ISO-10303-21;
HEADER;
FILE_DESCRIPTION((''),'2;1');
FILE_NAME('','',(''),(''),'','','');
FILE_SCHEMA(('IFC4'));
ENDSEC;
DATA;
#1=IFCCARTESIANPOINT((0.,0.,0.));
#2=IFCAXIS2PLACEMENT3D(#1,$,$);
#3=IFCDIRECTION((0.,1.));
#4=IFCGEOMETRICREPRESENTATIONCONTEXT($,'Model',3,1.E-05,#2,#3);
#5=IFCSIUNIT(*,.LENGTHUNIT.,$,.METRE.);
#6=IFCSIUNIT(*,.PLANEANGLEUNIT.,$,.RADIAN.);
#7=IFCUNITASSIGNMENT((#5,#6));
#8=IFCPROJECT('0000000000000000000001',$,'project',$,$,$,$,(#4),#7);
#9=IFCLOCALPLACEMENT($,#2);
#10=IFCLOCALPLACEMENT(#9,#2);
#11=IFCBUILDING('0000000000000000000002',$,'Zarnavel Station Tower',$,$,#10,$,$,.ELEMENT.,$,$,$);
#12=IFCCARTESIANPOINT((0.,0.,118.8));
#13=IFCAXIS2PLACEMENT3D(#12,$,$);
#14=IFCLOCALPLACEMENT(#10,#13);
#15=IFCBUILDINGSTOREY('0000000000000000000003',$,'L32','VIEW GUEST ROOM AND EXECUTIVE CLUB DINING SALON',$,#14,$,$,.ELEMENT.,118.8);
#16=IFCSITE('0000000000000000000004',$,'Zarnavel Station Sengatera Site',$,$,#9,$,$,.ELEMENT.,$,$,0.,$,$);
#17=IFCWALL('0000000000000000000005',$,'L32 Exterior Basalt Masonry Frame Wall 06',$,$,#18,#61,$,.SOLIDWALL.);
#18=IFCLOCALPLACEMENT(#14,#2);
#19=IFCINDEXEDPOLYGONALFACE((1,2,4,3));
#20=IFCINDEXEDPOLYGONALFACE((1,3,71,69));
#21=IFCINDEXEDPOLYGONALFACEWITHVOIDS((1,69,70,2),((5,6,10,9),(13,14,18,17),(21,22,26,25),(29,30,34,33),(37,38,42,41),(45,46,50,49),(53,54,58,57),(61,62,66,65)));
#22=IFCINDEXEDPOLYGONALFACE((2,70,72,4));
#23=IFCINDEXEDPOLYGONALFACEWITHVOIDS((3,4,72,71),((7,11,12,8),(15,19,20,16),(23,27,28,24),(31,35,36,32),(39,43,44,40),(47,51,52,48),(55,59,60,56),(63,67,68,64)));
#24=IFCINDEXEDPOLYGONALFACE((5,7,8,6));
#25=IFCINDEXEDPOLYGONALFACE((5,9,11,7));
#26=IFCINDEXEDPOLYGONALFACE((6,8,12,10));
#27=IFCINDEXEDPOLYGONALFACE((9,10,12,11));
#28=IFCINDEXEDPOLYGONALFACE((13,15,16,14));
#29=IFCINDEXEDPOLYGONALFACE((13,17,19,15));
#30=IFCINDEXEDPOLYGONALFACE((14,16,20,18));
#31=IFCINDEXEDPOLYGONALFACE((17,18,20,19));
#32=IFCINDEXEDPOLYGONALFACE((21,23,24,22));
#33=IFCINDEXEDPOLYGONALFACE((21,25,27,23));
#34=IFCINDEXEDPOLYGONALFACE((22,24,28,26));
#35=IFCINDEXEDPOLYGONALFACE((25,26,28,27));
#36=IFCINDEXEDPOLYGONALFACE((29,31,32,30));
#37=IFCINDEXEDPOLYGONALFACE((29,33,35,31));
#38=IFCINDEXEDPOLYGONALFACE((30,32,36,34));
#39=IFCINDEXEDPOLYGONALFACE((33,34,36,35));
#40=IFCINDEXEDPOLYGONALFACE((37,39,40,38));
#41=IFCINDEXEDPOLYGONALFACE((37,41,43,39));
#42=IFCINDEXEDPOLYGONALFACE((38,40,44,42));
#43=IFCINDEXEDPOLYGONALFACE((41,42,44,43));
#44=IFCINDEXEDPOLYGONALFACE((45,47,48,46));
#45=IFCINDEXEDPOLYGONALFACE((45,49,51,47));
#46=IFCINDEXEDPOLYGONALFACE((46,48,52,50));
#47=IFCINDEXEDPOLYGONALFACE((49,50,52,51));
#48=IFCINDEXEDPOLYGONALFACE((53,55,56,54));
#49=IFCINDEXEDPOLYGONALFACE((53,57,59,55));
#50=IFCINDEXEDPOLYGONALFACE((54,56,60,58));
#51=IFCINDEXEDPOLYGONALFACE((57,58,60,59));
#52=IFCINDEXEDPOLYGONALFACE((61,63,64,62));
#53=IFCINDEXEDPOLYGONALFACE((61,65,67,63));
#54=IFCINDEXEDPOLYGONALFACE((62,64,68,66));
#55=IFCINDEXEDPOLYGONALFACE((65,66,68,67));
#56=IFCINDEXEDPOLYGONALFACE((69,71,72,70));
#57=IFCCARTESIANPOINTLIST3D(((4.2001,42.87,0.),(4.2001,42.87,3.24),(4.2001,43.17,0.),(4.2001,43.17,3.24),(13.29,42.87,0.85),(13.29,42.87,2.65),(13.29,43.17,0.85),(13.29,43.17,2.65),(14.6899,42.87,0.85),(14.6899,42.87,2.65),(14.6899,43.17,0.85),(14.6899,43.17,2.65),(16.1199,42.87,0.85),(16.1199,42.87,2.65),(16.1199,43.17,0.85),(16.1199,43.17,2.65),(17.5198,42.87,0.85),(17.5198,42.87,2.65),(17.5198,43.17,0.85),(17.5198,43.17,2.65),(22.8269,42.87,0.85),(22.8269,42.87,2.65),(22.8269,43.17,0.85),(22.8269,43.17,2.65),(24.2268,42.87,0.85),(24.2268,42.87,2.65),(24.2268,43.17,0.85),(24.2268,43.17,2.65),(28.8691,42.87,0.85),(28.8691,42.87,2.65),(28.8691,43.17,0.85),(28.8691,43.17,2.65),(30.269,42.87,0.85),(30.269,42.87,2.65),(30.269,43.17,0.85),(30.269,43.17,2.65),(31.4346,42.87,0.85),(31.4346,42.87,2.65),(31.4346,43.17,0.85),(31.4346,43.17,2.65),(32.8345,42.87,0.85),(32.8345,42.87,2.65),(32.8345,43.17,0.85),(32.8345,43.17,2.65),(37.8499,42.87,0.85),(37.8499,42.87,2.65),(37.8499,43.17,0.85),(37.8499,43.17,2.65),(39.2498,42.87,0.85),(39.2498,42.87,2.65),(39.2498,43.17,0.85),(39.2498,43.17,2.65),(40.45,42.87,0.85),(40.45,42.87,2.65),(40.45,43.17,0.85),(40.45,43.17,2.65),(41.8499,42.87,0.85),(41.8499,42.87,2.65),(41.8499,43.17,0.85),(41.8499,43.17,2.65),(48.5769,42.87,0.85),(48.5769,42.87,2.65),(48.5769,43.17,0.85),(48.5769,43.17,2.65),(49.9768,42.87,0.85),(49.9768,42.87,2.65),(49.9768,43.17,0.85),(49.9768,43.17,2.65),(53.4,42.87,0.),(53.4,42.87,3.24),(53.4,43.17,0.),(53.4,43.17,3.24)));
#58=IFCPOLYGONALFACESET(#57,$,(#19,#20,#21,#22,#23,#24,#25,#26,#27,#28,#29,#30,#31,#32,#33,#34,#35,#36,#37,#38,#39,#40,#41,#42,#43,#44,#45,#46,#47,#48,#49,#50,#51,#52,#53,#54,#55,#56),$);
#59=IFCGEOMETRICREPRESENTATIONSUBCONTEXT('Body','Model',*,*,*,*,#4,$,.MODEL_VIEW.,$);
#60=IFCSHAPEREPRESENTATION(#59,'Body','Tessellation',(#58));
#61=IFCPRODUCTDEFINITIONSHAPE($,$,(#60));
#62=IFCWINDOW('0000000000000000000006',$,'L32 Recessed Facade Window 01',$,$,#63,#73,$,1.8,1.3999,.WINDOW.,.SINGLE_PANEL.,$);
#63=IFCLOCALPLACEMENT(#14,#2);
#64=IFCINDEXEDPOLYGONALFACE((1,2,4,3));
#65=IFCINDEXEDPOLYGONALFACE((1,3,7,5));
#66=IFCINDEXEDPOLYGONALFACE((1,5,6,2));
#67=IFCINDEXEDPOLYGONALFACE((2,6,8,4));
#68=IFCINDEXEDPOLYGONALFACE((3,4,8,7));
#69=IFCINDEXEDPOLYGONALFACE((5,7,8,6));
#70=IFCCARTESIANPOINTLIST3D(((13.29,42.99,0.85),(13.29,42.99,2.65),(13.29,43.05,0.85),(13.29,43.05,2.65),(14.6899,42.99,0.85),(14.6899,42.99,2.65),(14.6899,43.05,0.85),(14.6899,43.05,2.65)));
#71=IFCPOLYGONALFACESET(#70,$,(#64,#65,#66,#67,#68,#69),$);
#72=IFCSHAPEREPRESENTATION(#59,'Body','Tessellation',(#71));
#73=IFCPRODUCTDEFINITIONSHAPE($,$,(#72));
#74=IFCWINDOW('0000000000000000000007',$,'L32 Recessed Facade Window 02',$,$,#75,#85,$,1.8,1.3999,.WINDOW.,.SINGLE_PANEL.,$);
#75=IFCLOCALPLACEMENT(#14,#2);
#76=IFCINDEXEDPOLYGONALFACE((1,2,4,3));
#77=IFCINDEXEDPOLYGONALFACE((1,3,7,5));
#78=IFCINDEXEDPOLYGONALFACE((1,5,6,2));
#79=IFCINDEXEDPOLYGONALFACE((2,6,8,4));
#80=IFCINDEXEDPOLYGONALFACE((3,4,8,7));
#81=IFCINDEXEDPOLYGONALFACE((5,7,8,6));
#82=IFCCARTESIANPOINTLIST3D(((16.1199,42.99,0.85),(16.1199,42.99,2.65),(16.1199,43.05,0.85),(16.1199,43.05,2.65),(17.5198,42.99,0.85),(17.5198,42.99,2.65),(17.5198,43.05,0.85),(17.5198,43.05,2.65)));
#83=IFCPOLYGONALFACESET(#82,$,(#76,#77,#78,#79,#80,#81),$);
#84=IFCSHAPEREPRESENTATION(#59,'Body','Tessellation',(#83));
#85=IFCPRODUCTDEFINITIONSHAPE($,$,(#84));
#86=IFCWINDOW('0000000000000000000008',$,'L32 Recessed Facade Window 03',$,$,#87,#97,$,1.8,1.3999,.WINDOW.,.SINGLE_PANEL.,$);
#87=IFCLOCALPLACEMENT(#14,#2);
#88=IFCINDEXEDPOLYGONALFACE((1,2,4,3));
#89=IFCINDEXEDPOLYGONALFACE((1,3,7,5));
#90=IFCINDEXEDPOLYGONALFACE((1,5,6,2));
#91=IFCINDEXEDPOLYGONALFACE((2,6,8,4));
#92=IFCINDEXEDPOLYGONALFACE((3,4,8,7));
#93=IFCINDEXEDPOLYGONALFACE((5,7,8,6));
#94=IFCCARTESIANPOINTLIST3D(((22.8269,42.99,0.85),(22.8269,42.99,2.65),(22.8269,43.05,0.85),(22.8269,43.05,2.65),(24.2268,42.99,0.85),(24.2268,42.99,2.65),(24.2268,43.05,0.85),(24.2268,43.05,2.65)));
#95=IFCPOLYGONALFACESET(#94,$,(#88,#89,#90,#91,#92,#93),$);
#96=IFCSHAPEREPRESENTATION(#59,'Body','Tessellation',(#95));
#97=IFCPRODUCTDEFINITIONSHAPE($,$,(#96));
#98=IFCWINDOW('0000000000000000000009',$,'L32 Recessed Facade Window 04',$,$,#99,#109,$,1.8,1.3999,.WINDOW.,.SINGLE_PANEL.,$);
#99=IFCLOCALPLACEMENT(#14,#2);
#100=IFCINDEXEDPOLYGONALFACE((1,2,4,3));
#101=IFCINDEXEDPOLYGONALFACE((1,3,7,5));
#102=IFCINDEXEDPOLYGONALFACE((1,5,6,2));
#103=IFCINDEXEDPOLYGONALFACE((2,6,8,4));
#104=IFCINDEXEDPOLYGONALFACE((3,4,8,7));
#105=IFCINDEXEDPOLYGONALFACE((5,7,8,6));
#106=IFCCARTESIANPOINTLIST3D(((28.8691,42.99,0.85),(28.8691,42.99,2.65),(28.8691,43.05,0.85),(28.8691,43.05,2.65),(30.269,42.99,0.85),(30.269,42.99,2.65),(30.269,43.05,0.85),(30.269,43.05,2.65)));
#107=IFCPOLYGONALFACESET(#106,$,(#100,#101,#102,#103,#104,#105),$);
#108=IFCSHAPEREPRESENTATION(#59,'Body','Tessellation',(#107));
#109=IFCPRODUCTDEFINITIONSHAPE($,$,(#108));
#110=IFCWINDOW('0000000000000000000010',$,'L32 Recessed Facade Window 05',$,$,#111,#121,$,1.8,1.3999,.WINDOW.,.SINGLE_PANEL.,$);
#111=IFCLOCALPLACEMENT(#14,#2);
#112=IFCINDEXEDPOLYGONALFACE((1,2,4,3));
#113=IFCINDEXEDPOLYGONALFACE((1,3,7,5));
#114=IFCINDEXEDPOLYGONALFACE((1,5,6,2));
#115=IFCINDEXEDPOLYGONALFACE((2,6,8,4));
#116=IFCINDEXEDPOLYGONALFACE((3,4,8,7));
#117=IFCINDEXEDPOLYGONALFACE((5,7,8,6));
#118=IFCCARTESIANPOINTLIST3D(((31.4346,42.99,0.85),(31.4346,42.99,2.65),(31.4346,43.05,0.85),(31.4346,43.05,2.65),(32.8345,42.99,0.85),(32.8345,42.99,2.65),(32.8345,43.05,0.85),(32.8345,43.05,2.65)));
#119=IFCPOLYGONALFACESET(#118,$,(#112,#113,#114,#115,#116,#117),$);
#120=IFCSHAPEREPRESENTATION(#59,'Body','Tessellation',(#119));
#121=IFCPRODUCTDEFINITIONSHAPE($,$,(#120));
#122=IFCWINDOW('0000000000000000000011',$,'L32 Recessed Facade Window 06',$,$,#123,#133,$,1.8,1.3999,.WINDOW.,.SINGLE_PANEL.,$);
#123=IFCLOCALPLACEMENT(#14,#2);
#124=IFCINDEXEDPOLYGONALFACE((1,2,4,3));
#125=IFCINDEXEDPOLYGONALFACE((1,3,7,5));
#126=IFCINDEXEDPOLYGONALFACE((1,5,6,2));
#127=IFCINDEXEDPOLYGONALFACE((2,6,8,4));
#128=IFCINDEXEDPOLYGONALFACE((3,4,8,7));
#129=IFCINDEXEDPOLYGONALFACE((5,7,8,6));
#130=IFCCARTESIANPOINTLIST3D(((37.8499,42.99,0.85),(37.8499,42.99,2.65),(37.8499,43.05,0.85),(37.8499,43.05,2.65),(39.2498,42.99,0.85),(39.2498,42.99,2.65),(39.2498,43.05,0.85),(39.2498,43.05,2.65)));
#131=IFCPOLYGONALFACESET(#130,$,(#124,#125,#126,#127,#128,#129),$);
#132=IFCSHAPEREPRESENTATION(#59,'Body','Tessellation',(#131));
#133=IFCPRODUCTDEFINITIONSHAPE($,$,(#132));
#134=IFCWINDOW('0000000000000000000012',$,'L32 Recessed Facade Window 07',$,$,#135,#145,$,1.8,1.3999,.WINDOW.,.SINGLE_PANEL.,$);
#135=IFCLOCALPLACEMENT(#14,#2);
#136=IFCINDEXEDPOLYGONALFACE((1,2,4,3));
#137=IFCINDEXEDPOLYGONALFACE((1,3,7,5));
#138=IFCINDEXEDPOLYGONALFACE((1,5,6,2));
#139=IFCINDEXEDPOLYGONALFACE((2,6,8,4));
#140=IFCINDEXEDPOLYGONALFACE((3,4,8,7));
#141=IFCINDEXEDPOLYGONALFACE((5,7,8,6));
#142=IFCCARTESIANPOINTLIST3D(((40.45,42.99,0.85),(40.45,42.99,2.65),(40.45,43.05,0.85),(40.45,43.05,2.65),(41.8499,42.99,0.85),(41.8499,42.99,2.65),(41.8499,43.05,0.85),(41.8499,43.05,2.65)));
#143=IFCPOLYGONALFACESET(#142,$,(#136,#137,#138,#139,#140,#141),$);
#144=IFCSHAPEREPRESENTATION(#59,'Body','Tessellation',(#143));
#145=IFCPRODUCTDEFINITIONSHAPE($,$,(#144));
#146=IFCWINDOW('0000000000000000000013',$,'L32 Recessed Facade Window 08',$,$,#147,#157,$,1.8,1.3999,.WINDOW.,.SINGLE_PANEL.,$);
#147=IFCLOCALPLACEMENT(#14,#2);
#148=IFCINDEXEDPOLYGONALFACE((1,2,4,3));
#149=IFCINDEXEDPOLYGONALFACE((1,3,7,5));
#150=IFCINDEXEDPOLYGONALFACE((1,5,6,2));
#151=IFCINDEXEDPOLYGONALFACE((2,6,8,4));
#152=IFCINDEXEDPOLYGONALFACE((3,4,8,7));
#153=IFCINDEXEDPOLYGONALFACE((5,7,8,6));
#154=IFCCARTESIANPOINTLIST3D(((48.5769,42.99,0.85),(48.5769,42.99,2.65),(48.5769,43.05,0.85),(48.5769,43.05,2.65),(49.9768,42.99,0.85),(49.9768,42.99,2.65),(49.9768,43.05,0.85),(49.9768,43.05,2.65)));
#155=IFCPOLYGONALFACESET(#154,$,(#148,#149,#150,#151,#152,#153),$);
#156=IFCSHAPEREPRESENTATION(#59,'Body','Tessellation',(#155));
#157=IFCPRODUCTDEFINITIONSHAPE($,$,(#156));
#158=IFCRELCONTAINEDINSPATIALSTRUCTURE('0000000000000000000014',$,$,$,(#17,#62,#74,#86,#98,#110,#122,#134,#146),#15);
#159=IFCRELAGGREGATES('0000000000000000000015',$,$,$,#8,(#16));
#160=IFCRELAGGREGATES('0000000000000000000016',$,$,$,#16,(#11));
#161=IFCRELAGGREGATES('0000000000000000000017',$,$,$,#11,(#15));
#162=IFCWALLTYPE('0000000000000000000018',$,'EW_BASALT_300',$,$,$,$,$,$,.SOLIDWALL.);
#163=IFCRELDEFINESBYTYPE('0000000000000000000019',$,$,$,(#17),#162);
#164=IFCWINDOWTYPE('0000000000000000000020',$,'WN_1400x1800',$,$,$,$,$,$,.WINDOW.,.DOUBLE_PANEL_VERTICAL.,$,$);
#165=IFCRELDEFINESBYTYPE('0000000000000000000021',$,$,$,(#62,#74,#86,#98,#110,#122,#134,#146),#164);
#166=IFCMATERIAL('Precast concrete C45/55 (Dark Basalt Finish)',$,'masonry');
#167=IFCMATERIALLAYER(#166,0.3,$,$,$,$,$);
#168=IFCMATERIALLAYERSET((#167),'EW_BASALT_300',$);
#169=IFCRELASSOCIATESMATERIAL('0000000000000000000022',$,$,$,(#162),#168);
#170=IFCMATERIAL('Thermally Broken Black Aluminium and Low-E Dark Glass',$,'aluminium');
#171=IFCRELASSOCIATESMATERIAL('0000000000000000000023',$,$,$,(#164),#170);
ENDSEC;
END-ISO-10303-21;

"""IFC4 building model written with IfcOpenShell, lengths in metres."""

from ifc_helpers import new_model, si_unit, direction, frame, frame_2d, origin, place, context, subcontext, project, spatial, rectangle, extrude, material, layer, layer_set, type_object, element, fill, save


model = new_model("IFC4")

# Units and contexts
model_context = context("Model", 3, precision=1e-05, world=origin(), true_north=direction((0.0, 1.0)))
body_context = subcontext(model_context, "Body", "Model", "MODEL_VIEW")
ifc_project = project(units=[si_unit("LENGTHUNIT", "METRE"), si_unit("PLANEANGLEUNIT", "RADIAN")], contexts=[model_context])

# Site, building, storey
site_placement = place(None, origin())
site = spatial("IfcSite", under=ifc_project, at=site_placement, Name="Zarnavel Station Sengatera Site", CompositionType="ELEMENT", RefElevation=0.0)
building_placement = place(site_placement, origin())
building = spatial("IfcBuilding", under=site, at=building_placement, Name="Zarnavel Station Tower", CompositionType="ELEMENT")
storey_placement = place(building_placement, frame((0.0, 0.0, 118.8)))
storey = spatial("IfcBuildingStorey", under=building, at=storey_placement, Name="L32", Description="VIEW GUEST ROOM AND EXECUTIVE CLUB DINING SALON", CompositionType="ELEMENT", Elevation=118.8)

# Wall, openings, windows
ifc_material_1 = material(Name="Precast concrete C45/55 (Dark Basalt Finish)", Category="masonry")
ifc_layer_1 = layer(ifc_material_1, 0.3)
ifc_layer_set_1 = layer_set([ifc_layer_1], Name="EW_BASALT_300")
wall_type_1 = type_object("IfcWallType", Name="EW_BASALT_300", PredefinedType="SOLIDWALL", material=ifc_layer_set_1)
wall_1_placement = place(storey_placement, frame((4.2, 43.02, 0.0), z_axis=(0.0, 0.0, 1.0), x_axis=(1.0, 0.0, 0.0)))
wall_1 = element("IfcWall", 1, at=wall_1_placement, inside=storey, type_object=wall_type_1, Name="L32 Exterior Basalt Masonry Frame Wall 06", PredefinedType="SOLIDWALL", context=body_context, shape_type="SweptSolid", body=[
    extrude(rectangle(XDim=49.2, YDim=0.3, at=frame_2d((24.6001, 0.0))), origin(), (0.0, 0.0, 1.0), 3.24),
])
opening_1_placement = place(wall_1_placement, frame((9.0901, 0.0, 0.8501)))
opening_1 = element("IfcOpeningElement", 2, at=opening_1_placement, cuts=wall_1, PredefinedType="OPENING", context=body_context, shape_type="SweptSolid", body=[
    extrude(rectangle(XDim=1.3999, YDim=1.8, at=frame_2d((0.7, 0.8999))), frame((0.0, 0.1599, 0.0), z_axis=(0.0, -1.0, 0.0), x_axis=(1.0, 0.0, 0.0)), (0.0, 0.0, 1.0), 0.3201),
])
opening_2_placement = place(wall_1_placement, frame((11.9199, 0.0, 0.8501)))
opening_2 = element("IfcOpeningElement", 3, at=opening_2_placement, cuts=wall_1, PredefinedType="OPENING", context=body_context, shape_type="SweptSolid", body=[
    extrude(rectangle(XDim=1.3999, YDim=1.8, at=frame_2d((0.7, 0.8999))), frame((0.0, 0.1599, 0.0), z_axis=(0.0, -1.0, 0.0), x_axis=(1.0, 0.0, 0.0)), (0.0, 0.0, 1.0), 0.3201),
])
opening_3_placement = place(wall_1_placement, frame((18.627, 0.0, 0.8501)))
opening_3 = element("IfcOpeningElement", 4, at=opening_3_placement, cuts=wall_1, PredefinedType="OPENING", context=body_context, shape_type="SweptSolid", body=[
    extrude(rectangle(XDim=1.3999, YDim=1.8, at=frame_2d((0.7, 0.8999))), frame((0.0, 0.1599, 0.0), z_axis=(0.0, -1.0, 0.0), x_axis=(1.0, 0.0, 0.0)), (0.0, 0.0, 1.0), 0.3201),
])
opening_4_placement = place(wall_1_placement, frame((24.6692, 0.0, 0.8501)))
opening_4 = element("IfcOpeningElement", 5, at=opening_4_placement, cuts=wall_1, PredefinedType="OPENING", context=body_context, shape_type="SweptSolid", body=[
    extrude(rectangle(XDim=1.3999, YDim=1.8, at=frame_2d((0.7, 0.8999))), frame((0.0, 0.1599, 0.0), z_axis=(0.0, -1.0, 0.0), x_axis=(1.0, 0.0, 0.0)), (0.0, 0.0, 1.0), 0.3201),
])
opening_5_placement = place(wall_1_placement, frame((27.2346, 0.0, 0.8501)))
opening_5 = element("IfcOpeningElement", 6, at=opening_5_placement, cuts=wall_1, PredefinedType="OPENING", context=body_context, shape_type="SweptSolid", body=[
    extrude(rectangle(XDim=1.3999, YDim=1.8, at=frame_2d((0.7, 0.8999))), frame((0.0, 0.1599, 0.0), z_axis=(0.0, -1.0, 0.0), x_axis=(1.0, 0.0, 0.0)), (0.0, 0.0, 1.0), 0.3201),
])
opening_6_placement = place(wall_1_placement, frame((33.6499, 0.0, 0.8501)))
opening_6 = element("IfcOpeningElement", 7, at=opening_6_placement, cuts=wall_1, PredefinedType="OPENING", context=body_context, shape_type="SweptSolid", body=[
    extrude(rectangle(XDim=1.3999, YDim=1.8, at=frame_2d((0.7, 0.8999))), frame((0.0, 0.1599, 0.0), z_axis=(0.0, -1.0, 0.0), x_axis=(1.0, 0.0, 0.0)), (0.0, 0.0, 1.0), 0.3201),
])
opening_7_placement = place(wall_1_placement, frame((36.25, 0.0, 0.8501)))
opening_7 = element("IfcOpeningElement", 8, at=opening_7_placement, cuts=wall_1, PredefinedType="OPENING", context=body_context, shape_type="SweptSolid", body=[
    extrude(rectangle(XDim=1.3999, YDim=1.8, at=frame_2d((0.7, 0.8999))), frame((0.0, 0.1599, 0.0), z_axis=(0.0, -1.0, 0.0), x_axis=(1.0, 0.0, 0.0)), (0.0, 0.0, 1.0), 0.3201),
])
opening_8_placement = place(wall_1_placement, frame((44.377, 0.0, 0.8501)))
opening_8 = element("IfcOpeningElement", 9, at=opening_8_placement, cuts=wall_1, PredefinedType="OPENING", context=body_context, shape_type="SweptSolid", body=[
    extrude(rectangle(XDim=1.3999, YDim=1.8, at=frame_2d((0.7, 0.8999))), frame((0.0, 0.1599, 0.0), z_axis=(0.0, -1.0, 0.0), x_axis=(1.0, 0.0, 0.0)), (0.0, 0.0, 1.0), 0.3201),
])
ifc_material_2 = material(Name="Thermally Broken Black Aluminium and Low-E Dark Glass", Category="aluminium")
window_type = type_object("IfcWindowType", Name="WN_1400x1800", PartitioningType="DOUBLE_PANEL_VERTICAL", PredefinedType="WINDOW", material=ifc_material_2)
window_1_placement = place(opening_1_placement, origin())
window_1 = element("IfcWindow", 10, at=window_1_placement, inside=storey, type_object=window_type, Name="L32 Recessed Facade Window 01", OverallHeight=1.8, OverallWidth=1.3999, PartitioningType="SINGLE_PANEL", PredefinedType="WINDOW", context=body_context, shape_type="SweptSolid", body=[
    extrude(rectangle(XDim=1.3999, YDim=1.8, at=frame_2d((0.7, 0.8999))), frame((0.0, 0.03, 0.0), z_axis=(0.0, -1.0, 0.0), x_axis=(1.0, 0.0, 0.0)), (0.0, 0.0, 1.0), 0.0601),
])
fill(opening_1, window_1)
window_2_placement = place(opening_2_placement, origin())
window_2 = element("IfcWindow", 11, at=window_2_placement, inside=storey, type_object=window_type, Name="L32 Recessed Facade Window 02", OverallHeight=1.8, OverallWidth=1.3999, PartitioningType="SINGLE_PANEL", PredefinedType="WINDOW", context=body_context, shape_type="SweptSolid", body=[
    extrude(rectangle(XDim=1.3999, YDim=1.8, at=frame_2d((0.7, 0.8999))), frame((0.0, 0.03, 0.0), z_axis=(0.0, -1.0, 0.0), x_axis=(1.0, 0.0, 0.0)), (0.0, 0.0, 1.0), 0.0601),
])
fill(opening_2, window_2)
window_3_placement = place(opening_3_placement, origin())
window_3 = element("IfcWindow", 12, at=window_3_placement, inside=storey, type_object=window_type, Name="L32 Recessed Facade Window 03", OverallHeight=1.8, OverallWidth=1.3999, PartitioningType="SINGLE_PANEL", PredefinedType="WINDOW", context=body_context, shape_type="SweptSolid", body=[
    extrude(rectangle(XDim=1.3999, YDim=1.8, at=frame_2d((0.7, 0.8999))), frame((0.0, 0.03, 0.0), z_axis=(0.0, -1.0, 0.0), x_axis=(1.0, 0.0, 0.0)), (0.0, 0.0, 1.0), 0.0601),
])
fill(opening_3, window_3)
window_4_placement = place(opening_4_placement, origin())
window_4 = element("IfcWindow", 13, at=window_4_placement, inside=storey, type_object=window_type, Name="L32 Recessed Facade Window 04", OverallHeight=1.8, OverallWidth=1.3999, PartitioningType="SINGLE_PANEL", PredefinedType="WINDOW", context=body_context, shape_type="SweptSolid", body=[
    extrude(rectangle(XDim=1.3999, YDim=1.8, at=frame_2d((0.7, 0.8999))), frame((0.0, 0.03, 0.0), z_axis=(0.0, -1.0, 0.0), x_axis=(1.0, 0.0, 0.0)), (0.0, 0.0, 1.0), 0.0601),
])
fill(opening_4, window_4)
window_5_placement = place(opening_5_placement, origin())
window_5 = element("IfcWindow", 14, at=window_5_placement, inside=storey, type_object=window_type, Name="L32 Recessed Facade Window 05", OverallHeight=1.8, OverallWidth=1.3999, PartitioningType="SINGLE_PANEL", PredefinedType="WINDOW", context=body_context, shape_type="SweptSolid", body=[
    extrude(rectangle(XDim=1.3999, YDim=1.8, at=frame_2d((0.7, 0.8999))), frame((0.0, 0.03, 0.0), z_axis=(0.0, -1.0, 0.0), x_axis=(1.0, 0.0, 0.0)), (0.0, 0.0, 1.0), 0.0601),
])
fill(opening_5, window_5)
window_6_placement = place(opening_6_placement, origin())
window_6 = element("IfcWindow", 15, at=window_6_placement, inside=storey, type_object=window_type, Name="L32 Recessed Facade Window 06", OverallHeight=1.8, OverallWidth=1.3999, PartitioningType="SINGLE_PANEL", PredefinedType="WINDOW", context=body_context, shape_type="SweptSolid", body=[
    extrude(rectangle(XDim=1.3999, YDim=1.8, at=frame_2d((0.7, 0.8999))), frame((0.0, 0.03, 0.0), z_axis=(0.0, -1.0, 0.0), x_axis=(1.0, 0.0, 0.0)), (0.0, 0.0, 1.0), 0.0601),
])
fill(opening_6, window_6)
window_7_placement = place(opening_7_placement, origin())
window_7 = element("IfcWindow", 16, at=window_7_placement, inside=storey, type_object=window_type, Name="L32 Recessed Facade Window 07", OverallHeight=1.8, OverallWidth=1.3999, PartitioningType="SINGLE_PANEL", PredefinedType="WINDOW", context=body_context, shape_type="SweptSolid", body=[
    extrude(rectangle(XDim=1.3999, YDim=1.8, at=frame_2d((0.7, 0.8999))), frame((0.0, 0.03, 0.0), z_axis=(0.0, -1.0, 0.0), x_axis=(1.0, 0.0, 0.0)), (0.0, 0.0, 1.0), 0.0601),
])
fill(opening_7, window_7)
window_8_placement = place(opening_8_placement, origin())
window_8 = element("IfcWindow", 17, at=window_8_placement, inside=storey, type_object=window_type, Name="L32 Recessed Facade Window 08", OverallHeight=1.8, OverallWidth=1.3999, PartitioningType="SINGLE_PANEL", PredefinedType="WINDOW", context=body_context, shape_type="SweptSolid", body=[
    extrude(rectangle(XDim=1.3999, YDim=1.8, at=frame_2d((0.7, 0.8999))), frame((0.0, 0.03, 0.0), z_axis=(0.0, -1.0, 0.0), x_axis=(1.0, 0.0, 0.0)), (0.0, 0.0, 1.0), 0.0601),
])
fill(opening_8, window_8)

save(model, "model.ifc")
